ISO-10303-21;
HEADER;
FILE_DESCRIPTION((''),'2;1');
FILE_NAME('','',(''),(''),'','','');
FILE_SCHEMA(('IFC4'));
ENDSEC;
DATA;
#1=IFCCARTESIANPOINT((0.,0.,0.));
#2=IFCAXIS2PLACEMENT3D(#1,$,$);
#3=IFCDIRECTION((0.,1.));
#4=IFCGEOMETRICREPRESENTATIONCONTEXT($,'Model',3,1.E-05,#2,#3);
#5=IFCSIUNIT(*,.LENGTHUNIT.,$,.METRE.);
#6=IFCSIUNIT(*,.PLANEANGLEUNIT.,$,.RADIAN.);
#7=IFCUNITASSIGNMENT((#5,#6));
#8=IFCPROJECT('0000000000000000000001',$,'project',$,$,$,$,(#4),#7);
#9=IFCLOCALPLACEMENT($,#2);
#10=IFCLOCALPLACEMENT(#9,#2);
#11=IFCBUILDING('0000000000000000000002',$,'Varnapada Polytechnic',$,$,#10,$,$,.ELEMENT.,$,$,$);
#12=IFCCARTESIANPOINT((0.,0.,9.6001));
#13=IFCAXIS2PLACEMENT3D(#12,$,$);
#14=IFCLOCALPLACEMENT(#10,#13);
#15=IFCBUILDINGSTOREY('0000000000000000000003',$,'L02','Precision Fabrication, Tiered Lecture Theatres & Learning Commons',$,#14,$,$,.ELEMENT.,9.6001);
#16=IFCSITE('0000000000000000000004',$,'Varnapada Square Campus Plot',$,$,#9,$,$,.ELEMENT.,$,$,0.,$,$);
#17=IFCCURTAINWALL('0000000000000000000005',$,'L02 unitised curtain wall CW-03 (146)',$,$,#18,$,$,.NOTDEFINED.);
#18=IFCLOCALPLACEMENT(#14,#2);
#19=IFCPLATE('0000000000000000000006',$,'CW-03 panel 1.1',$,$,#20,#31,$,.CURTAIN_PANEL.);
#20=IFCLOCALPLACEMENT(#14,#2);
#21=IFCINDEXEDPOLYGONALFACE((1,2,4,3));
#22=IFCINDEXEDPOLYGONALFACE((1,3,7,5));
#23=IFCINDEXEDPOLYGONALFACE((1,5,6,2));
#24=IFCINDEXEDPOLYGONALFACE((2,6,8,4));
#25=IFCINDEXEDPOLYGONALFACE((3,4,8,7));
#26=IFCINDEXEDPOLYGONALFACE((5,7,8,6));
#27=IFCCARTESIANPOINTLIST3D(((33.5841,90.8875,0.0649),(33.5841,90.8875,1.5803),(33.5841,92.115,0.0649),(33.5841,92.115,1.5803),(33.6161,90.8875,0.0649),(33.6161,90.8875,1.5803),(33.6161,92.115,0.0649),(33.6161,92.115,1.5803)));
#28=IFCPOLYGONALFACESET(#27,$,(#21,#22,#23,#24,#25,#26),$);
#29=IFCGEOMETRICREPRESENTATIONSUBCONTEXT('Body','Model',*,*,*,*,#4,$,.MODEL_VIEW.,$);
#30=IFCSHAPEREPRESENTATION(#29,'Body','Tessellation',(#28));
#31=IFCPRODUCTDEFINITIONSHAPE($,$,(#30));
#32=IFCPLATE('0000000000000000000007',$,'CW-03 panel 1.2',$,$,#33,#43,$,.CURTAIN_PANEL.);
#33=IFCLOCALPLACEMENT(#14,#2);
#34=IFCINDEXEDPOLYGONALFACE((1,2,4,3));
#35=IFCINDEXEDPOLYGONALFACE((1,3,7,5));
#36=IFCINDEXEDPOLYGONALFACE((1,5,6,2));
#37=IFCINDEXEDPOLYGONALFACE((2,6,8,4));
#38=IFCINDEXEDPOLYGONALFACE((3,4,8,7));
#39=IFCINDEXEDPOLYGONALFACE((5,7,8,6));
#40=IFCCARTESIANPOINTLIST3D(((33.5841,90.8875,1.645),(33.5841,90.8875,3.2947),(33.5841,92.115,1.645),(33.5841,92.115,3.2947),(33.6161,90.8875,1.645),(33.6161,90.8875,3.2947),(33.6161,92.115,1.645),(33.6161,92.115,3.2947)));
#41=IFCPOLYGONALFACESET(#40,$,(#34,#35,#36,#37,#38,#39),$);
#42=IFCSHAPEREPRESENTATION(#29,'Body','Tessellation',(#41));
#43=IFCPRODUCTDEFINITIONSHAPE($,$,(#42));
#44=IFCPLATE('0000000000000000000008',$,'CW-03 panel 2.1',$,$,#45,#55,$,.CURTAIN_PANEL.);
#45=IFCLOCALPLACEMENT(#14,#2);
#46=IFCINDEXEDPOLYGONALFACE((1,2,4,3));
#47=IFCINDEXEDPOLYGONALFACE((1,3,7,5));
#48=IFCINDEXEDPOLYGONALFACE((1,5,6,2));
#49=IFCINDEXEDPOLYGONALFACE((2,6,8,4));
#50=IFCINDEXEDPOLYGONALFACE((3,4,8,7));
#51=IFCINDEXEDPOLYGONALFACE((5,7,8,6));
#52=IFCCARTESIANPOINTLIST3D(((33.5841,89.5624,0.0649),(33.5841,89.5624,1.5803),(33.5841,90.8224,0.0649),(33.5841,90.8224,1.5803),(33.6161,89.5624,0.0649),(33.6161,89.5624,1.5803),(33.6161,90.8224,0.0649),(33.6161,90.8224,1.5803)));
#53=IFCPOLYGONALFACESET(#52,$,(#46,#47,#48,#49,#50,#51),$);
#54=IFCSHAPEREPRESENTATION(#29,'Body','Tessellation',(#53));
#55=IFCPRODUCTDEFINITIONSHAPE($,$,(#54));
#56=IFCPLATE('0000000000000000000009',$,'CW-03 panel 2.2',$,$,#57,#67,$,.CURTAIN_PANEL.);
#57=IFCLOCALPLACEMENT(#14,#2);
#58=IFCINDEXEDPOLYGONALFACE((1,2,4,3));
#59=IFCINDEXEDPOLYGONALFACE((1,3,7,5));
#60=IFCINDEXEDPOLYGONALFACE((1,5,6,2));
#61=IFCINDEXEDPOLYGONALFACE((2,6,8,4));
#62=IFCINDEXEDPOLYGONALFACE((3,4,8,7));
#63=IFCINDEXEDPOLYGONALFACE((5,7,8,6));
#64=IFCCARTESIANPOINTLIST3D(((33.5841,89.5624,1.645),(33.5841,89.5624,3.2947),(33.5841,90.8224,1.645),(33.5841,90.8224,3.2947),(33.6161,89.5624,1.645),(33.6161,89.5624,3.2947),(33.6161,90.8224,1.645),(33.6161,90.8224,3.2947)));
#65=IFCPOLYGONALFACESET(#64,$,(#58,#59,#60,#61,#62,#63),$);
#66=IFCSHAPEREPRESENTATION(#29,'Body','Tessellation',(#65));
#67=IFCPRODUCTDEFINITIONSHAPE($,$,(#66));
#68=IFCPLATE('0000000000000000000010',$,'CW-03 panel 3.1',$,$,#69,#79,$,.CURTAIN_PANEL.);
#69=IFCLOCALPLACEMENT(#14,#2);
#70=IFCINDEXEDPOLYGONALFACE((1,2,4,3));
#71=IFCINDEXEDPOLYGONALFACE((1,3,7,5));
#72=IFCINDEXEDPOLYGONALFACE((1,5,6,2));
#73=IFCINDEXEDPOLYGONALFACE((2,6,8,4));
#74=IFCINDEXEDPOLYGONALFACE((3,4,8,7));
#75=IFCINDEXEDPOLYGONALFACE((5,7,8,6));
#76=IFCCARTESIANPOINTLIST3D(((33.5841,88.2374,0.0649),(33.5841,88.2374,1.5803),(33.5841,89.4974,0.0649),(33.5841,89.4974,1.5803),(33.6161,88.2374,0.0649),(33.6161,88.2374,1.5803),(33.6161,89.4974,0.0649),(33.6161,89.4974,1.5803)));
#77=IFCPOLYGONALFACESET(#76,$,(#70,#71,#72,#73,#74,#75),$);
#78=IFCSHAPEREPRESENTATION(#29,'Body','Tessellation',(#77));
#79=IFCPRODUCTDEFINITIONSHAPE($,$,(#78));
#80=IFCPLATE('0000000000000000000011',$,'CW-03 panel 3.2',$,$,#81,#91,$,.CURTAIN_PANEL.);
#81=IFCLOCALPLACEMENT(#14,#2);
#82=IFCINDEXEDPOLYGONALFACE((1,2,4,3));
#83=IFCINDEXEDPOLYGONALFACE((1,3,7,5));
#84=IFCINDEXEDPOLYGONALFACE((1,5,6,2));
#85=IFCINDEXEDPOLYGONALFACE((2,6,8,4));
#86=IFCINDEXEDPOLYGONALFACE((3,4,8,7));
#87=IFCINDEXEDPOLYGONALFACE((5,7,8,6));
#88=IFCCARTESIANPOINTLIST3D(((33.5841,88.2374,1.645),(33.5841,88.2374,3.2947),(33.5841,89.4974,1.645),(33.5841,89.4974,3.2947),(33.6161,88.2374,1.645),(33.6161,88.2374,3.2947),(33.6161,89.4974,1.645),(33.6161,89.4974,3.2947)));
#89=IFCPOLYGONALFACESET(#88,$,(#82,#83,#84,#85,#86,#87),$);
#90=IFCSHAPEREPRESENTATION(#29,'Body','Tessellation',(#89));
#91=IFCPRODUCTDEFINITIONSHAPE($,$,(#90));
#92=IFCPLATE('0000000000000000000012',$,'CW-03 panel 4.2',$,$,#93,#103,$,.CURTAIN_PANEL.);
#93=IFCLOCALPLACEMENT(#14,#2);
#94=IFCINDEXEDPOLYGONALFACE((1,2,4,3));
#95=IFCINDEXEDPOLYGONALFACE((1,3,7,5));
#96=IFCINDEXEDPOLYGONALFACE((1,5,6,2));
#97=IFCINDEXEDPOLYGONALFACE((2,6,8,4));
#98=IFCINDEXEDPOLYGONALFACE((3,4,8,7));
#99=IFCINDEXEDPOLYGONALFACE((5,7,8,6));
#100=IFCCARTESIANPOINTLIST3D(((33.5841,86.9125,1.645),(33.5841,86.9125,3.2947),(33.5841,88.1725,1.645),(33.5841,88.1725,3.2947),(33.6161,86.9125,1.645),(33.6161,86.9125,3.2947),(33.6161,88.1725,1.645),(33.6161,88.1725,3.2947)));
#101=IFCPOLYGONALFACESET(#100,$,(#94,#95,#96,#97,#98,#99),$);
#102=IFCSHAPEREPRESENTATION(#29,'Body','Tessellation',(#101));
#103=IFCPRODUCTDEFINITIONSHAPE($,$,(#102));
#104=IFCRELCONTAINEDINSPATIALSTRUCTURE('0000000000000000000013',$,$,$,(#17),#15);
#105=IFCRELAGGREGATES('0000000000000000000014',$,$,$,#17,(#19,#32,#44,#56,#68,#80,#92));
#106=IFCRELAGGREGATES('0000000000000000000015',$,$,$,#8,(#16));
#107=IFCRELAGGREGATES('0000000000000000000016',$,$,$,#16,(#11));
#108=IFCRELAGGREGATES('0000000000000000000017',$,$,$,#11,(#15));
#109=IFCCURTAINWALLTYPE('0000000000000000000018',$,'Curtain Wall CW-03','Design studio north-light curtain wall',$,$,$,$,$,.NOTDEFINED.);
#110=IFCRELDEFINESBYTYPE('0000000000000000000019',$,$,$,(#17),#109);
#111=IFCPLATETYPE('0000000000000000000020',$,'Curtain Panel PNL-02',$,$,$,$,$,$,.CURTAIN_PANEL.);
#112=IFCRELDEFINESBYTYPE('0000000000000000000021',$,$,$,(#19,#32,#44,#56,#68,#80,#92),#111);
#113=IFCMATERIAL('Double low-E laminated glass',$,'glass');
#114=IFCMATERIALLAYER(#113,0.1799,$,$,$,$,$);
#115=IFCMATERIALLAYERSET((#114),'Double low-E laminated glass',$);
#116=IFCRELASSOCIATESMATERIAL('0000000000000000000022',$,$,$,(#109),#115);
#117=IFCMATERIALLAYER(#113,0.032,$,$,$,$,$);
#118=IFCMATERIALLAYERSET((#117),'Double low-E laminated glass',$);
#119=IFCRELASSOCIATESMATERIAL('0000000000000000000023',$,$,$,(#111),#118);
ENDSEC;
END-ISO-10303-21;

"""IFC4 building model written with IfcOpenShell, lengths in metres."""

from ifc_helpers import new_model, si_unit, direction, frame, origin, origin_2d, place, context, subcontext, project, spatial, rectangle, extrude, material, layer, layer_set, type_object, element, aggregate, save


model = new_model("IFC4")

# Units and contexts
model_context = context("Model", 3, precision=1e-05, world=origin(), true_north=direction((0.0, 1.0)))
body_context = subcontext(model_context, "Body", "Model", "MODEL_VIEW")
ifc_project = project(units=[si_unit("LENGTHUNIT", "METRE"), si_unit("PLANEANGLEUNIT", "RADIAN")], contexts=[model_context])

# Site, building, storey
site_placement = place(None, origin())
site = spatial("IfcSite", under=ifc_project, at=site_placement, Name="Varnapada Square Campus Plot", CompositionType="ELEMENT", RefElevation=0.0)
building_placement = place(site_placement, origin())
building = spatial("IfcBuilding", under=site, at=building_placement, Name="Varnapada Polytechnic", CompositionType="ELEMENT")
storey_placement = place(building_placement, frame((0.0, 0.0, 9.6001)))
storey = spatial("IfcBuildingStorey", under=building, at=storey_placement, Name="L02", Description="Precision Fabrication, Tiered Lecture Theatres & Learning Commons", CompositionType="ELEMENT", Elevation=9.6001)

# Curtain wall, plates
ifc_material_1 = material(Name="Double low-E laminated glass", Category="glass")
ifc_layer_1 = layer(ifc_material_1, 0.1799)
ifc_layer_set_1 = layer_set([ifc_layer_1], Name="Double low-E laminated glass")
curtain_wall_type = type_object("IfcCurtainWallType", Name="Curtain Wall CW-03", Description="Design studio north-light curtain wall", PredefinedType="NOTDEFINED", material=ifc_layer_set_1)
curtain_wall_placement = place(storey_placement, origin())
curtain_wall = element("IfcCurtainWall", 1, at=curtain_wall_placement, inside=storey, type_object=curtain_wall_type, Name="L02 unitised curtain wall CW-03 (146)", PredefinedType="NOTDEFINED")
ifc_layer_2 = layer(ifc_material_1, 0.032)
ifc_layer_set_2 = layer_set([ifc_layer_2], Name="Double low-E laminated glass")
plate_type = type_object("IfcPlateType", Name="Curtain Panel PNL-02", PredefinedType="CURTAIN_PANEL", material=ifc_layer_set_2)
plate_1_placement = place(storey_placement, frame((33.6001, 91.5012, 0.0649), z_axis=(0.0, 0.0, 1.0), x_axis=(0.0, -1.0, 0.0)))
plate_1 = element("IfcPlate", 2, at=plate_1_placement, type_object=plate_type, Name="CW-03 panel 1.1", PredefinedType="CURTAIN_PANEL", context=body_context, shape_type="SweptSolid", body=[
    extrude(rectangle(XDim=1.2275, YDim=0.032, at=origin_2d()), origin(), (0.0, 0.0, 1.0), 1.5154),
])
plate_2_placement = place(storey_placement, frame((33.6001, 91.5012, 1.645), z_axis=(0.0, 0.0, 1.0), x_axis=(0.0, -1.0, 0.0)))
plate_2 = element("IfcPlate", 3, at=plate_2_placement, type_object=plate_type, Name="CW-03 panel 1.2", PredefinedType="CURTAIN_PANEL", context=body_context, shape_type="SweptSolid", body=[
    extrude(rectangle(XDim=1.2275, YDim=0.032, at=origin_2d()), origin(), (0.0, 0.0, 1.0), 1.6497),
])
plate_3_placement = place(storey_placement, frame((33.6001, 90.1924, 0.0649), z_axis=(0.0, 0.0, 1.0), x_axis=(0.0, -1.0, 0.0)))
plate_3 = element("IfcPlate", 4, at=plate_3_placement, type_object=plate_type, Name="CW-03 panel 2.1", PredefinedType="CURTAIN_PANEL", context=body_context, shape_type="SweptSolid", body=[
    extrude(rectangle(XDim=1.26, YDim=0.032, at=origin_2d()), origin(), (0.0, 0.0, 1.0), 1.5154),
])
plate_4_placement = place(storey_placement, frame((33.6001, 90.1924, 1.645), z_axis=(0.0, 0.0, 1.0), x_axis=(0.0, -1.0, 0.0)))
plate_4 = element("IfcPlate", 5, at=plate_4_placement, type_object=plate_type, Name="CW-03 panel 2.2", PredefinedType="CURTAIN_PANEL", context=body_context, shape_type="SweptSolid", body=[
    extrude(rectangle(XDim=1.26, YDim=0.032, at=origin_2d()), origin(), (0.0, 0.0, 1.0), 1.6497),
])
plate_5_placement = place(storey_placement, frame((33.6001, 88.8674, 0.0649), z_axis=(0.0, 0.0, 1.0), x_axis=(0.0, -1.0, 0.0)))
plate_5 = element("IfcPlate", 6, at=plate_5_placement, type_object=plate_type, Name="CW-03 panel 3.1", PredefinedType="CURTAIN_PANEL", context=body_context, shape_type="SweptSolid", body=[
    extrude(rectangle(XDim=1.26, YDim=0.032, at=origin_2d()), origin(), (0.0, 0.0, 1.0), 1.5154),
])
plate_6_placement = place(storey_placement, frame((33.6001, 88.8674, 1.645), z_axis=(0.0, 0.0, 1.0), x_axis=(0.0, -1.0, 0.0)))
plate_6 = element("IfcPlate", 7, at=plate_6_placement, type_object=plate_type, Name="CW-03 panel 3.2", PredefinedType="CURTAIN_PANEL", context=body_context, shape_type="SweptSolid", body=[
    extrude(rectangle(XDim=1.26, YDim=0.032, at=origin_2d()), origin(), (0.0, 0.0, 1.0), 1.6497),
])
plate_7_placement = place(storey_placement, frame((33.6001, 87.5425, 1.645), z_axis=(0.0, 0.0, 1.0), x_axis=(0.0, -1.0, 0.0)))
plate_7 = element("IfcPlate", 8, at=plate_7_placement, type_object=plate_type, Name="CW-03 panel 4.2", PredefinedType="CURTAIN_PANEL", context=body_context, shape_type="SweptSolid", body=[
    extrude(rectangle(XDim=1.26, YDim=0.032, at=origin_2d()), origin(), (0.0, 0.0, 1.0), 1.6497),
])
aggregate(curtain_wall, [plate_1, plate_2, plate_3, plate_4, plate_5, plate_6, plate_7])

save(model, "model.ifc")
